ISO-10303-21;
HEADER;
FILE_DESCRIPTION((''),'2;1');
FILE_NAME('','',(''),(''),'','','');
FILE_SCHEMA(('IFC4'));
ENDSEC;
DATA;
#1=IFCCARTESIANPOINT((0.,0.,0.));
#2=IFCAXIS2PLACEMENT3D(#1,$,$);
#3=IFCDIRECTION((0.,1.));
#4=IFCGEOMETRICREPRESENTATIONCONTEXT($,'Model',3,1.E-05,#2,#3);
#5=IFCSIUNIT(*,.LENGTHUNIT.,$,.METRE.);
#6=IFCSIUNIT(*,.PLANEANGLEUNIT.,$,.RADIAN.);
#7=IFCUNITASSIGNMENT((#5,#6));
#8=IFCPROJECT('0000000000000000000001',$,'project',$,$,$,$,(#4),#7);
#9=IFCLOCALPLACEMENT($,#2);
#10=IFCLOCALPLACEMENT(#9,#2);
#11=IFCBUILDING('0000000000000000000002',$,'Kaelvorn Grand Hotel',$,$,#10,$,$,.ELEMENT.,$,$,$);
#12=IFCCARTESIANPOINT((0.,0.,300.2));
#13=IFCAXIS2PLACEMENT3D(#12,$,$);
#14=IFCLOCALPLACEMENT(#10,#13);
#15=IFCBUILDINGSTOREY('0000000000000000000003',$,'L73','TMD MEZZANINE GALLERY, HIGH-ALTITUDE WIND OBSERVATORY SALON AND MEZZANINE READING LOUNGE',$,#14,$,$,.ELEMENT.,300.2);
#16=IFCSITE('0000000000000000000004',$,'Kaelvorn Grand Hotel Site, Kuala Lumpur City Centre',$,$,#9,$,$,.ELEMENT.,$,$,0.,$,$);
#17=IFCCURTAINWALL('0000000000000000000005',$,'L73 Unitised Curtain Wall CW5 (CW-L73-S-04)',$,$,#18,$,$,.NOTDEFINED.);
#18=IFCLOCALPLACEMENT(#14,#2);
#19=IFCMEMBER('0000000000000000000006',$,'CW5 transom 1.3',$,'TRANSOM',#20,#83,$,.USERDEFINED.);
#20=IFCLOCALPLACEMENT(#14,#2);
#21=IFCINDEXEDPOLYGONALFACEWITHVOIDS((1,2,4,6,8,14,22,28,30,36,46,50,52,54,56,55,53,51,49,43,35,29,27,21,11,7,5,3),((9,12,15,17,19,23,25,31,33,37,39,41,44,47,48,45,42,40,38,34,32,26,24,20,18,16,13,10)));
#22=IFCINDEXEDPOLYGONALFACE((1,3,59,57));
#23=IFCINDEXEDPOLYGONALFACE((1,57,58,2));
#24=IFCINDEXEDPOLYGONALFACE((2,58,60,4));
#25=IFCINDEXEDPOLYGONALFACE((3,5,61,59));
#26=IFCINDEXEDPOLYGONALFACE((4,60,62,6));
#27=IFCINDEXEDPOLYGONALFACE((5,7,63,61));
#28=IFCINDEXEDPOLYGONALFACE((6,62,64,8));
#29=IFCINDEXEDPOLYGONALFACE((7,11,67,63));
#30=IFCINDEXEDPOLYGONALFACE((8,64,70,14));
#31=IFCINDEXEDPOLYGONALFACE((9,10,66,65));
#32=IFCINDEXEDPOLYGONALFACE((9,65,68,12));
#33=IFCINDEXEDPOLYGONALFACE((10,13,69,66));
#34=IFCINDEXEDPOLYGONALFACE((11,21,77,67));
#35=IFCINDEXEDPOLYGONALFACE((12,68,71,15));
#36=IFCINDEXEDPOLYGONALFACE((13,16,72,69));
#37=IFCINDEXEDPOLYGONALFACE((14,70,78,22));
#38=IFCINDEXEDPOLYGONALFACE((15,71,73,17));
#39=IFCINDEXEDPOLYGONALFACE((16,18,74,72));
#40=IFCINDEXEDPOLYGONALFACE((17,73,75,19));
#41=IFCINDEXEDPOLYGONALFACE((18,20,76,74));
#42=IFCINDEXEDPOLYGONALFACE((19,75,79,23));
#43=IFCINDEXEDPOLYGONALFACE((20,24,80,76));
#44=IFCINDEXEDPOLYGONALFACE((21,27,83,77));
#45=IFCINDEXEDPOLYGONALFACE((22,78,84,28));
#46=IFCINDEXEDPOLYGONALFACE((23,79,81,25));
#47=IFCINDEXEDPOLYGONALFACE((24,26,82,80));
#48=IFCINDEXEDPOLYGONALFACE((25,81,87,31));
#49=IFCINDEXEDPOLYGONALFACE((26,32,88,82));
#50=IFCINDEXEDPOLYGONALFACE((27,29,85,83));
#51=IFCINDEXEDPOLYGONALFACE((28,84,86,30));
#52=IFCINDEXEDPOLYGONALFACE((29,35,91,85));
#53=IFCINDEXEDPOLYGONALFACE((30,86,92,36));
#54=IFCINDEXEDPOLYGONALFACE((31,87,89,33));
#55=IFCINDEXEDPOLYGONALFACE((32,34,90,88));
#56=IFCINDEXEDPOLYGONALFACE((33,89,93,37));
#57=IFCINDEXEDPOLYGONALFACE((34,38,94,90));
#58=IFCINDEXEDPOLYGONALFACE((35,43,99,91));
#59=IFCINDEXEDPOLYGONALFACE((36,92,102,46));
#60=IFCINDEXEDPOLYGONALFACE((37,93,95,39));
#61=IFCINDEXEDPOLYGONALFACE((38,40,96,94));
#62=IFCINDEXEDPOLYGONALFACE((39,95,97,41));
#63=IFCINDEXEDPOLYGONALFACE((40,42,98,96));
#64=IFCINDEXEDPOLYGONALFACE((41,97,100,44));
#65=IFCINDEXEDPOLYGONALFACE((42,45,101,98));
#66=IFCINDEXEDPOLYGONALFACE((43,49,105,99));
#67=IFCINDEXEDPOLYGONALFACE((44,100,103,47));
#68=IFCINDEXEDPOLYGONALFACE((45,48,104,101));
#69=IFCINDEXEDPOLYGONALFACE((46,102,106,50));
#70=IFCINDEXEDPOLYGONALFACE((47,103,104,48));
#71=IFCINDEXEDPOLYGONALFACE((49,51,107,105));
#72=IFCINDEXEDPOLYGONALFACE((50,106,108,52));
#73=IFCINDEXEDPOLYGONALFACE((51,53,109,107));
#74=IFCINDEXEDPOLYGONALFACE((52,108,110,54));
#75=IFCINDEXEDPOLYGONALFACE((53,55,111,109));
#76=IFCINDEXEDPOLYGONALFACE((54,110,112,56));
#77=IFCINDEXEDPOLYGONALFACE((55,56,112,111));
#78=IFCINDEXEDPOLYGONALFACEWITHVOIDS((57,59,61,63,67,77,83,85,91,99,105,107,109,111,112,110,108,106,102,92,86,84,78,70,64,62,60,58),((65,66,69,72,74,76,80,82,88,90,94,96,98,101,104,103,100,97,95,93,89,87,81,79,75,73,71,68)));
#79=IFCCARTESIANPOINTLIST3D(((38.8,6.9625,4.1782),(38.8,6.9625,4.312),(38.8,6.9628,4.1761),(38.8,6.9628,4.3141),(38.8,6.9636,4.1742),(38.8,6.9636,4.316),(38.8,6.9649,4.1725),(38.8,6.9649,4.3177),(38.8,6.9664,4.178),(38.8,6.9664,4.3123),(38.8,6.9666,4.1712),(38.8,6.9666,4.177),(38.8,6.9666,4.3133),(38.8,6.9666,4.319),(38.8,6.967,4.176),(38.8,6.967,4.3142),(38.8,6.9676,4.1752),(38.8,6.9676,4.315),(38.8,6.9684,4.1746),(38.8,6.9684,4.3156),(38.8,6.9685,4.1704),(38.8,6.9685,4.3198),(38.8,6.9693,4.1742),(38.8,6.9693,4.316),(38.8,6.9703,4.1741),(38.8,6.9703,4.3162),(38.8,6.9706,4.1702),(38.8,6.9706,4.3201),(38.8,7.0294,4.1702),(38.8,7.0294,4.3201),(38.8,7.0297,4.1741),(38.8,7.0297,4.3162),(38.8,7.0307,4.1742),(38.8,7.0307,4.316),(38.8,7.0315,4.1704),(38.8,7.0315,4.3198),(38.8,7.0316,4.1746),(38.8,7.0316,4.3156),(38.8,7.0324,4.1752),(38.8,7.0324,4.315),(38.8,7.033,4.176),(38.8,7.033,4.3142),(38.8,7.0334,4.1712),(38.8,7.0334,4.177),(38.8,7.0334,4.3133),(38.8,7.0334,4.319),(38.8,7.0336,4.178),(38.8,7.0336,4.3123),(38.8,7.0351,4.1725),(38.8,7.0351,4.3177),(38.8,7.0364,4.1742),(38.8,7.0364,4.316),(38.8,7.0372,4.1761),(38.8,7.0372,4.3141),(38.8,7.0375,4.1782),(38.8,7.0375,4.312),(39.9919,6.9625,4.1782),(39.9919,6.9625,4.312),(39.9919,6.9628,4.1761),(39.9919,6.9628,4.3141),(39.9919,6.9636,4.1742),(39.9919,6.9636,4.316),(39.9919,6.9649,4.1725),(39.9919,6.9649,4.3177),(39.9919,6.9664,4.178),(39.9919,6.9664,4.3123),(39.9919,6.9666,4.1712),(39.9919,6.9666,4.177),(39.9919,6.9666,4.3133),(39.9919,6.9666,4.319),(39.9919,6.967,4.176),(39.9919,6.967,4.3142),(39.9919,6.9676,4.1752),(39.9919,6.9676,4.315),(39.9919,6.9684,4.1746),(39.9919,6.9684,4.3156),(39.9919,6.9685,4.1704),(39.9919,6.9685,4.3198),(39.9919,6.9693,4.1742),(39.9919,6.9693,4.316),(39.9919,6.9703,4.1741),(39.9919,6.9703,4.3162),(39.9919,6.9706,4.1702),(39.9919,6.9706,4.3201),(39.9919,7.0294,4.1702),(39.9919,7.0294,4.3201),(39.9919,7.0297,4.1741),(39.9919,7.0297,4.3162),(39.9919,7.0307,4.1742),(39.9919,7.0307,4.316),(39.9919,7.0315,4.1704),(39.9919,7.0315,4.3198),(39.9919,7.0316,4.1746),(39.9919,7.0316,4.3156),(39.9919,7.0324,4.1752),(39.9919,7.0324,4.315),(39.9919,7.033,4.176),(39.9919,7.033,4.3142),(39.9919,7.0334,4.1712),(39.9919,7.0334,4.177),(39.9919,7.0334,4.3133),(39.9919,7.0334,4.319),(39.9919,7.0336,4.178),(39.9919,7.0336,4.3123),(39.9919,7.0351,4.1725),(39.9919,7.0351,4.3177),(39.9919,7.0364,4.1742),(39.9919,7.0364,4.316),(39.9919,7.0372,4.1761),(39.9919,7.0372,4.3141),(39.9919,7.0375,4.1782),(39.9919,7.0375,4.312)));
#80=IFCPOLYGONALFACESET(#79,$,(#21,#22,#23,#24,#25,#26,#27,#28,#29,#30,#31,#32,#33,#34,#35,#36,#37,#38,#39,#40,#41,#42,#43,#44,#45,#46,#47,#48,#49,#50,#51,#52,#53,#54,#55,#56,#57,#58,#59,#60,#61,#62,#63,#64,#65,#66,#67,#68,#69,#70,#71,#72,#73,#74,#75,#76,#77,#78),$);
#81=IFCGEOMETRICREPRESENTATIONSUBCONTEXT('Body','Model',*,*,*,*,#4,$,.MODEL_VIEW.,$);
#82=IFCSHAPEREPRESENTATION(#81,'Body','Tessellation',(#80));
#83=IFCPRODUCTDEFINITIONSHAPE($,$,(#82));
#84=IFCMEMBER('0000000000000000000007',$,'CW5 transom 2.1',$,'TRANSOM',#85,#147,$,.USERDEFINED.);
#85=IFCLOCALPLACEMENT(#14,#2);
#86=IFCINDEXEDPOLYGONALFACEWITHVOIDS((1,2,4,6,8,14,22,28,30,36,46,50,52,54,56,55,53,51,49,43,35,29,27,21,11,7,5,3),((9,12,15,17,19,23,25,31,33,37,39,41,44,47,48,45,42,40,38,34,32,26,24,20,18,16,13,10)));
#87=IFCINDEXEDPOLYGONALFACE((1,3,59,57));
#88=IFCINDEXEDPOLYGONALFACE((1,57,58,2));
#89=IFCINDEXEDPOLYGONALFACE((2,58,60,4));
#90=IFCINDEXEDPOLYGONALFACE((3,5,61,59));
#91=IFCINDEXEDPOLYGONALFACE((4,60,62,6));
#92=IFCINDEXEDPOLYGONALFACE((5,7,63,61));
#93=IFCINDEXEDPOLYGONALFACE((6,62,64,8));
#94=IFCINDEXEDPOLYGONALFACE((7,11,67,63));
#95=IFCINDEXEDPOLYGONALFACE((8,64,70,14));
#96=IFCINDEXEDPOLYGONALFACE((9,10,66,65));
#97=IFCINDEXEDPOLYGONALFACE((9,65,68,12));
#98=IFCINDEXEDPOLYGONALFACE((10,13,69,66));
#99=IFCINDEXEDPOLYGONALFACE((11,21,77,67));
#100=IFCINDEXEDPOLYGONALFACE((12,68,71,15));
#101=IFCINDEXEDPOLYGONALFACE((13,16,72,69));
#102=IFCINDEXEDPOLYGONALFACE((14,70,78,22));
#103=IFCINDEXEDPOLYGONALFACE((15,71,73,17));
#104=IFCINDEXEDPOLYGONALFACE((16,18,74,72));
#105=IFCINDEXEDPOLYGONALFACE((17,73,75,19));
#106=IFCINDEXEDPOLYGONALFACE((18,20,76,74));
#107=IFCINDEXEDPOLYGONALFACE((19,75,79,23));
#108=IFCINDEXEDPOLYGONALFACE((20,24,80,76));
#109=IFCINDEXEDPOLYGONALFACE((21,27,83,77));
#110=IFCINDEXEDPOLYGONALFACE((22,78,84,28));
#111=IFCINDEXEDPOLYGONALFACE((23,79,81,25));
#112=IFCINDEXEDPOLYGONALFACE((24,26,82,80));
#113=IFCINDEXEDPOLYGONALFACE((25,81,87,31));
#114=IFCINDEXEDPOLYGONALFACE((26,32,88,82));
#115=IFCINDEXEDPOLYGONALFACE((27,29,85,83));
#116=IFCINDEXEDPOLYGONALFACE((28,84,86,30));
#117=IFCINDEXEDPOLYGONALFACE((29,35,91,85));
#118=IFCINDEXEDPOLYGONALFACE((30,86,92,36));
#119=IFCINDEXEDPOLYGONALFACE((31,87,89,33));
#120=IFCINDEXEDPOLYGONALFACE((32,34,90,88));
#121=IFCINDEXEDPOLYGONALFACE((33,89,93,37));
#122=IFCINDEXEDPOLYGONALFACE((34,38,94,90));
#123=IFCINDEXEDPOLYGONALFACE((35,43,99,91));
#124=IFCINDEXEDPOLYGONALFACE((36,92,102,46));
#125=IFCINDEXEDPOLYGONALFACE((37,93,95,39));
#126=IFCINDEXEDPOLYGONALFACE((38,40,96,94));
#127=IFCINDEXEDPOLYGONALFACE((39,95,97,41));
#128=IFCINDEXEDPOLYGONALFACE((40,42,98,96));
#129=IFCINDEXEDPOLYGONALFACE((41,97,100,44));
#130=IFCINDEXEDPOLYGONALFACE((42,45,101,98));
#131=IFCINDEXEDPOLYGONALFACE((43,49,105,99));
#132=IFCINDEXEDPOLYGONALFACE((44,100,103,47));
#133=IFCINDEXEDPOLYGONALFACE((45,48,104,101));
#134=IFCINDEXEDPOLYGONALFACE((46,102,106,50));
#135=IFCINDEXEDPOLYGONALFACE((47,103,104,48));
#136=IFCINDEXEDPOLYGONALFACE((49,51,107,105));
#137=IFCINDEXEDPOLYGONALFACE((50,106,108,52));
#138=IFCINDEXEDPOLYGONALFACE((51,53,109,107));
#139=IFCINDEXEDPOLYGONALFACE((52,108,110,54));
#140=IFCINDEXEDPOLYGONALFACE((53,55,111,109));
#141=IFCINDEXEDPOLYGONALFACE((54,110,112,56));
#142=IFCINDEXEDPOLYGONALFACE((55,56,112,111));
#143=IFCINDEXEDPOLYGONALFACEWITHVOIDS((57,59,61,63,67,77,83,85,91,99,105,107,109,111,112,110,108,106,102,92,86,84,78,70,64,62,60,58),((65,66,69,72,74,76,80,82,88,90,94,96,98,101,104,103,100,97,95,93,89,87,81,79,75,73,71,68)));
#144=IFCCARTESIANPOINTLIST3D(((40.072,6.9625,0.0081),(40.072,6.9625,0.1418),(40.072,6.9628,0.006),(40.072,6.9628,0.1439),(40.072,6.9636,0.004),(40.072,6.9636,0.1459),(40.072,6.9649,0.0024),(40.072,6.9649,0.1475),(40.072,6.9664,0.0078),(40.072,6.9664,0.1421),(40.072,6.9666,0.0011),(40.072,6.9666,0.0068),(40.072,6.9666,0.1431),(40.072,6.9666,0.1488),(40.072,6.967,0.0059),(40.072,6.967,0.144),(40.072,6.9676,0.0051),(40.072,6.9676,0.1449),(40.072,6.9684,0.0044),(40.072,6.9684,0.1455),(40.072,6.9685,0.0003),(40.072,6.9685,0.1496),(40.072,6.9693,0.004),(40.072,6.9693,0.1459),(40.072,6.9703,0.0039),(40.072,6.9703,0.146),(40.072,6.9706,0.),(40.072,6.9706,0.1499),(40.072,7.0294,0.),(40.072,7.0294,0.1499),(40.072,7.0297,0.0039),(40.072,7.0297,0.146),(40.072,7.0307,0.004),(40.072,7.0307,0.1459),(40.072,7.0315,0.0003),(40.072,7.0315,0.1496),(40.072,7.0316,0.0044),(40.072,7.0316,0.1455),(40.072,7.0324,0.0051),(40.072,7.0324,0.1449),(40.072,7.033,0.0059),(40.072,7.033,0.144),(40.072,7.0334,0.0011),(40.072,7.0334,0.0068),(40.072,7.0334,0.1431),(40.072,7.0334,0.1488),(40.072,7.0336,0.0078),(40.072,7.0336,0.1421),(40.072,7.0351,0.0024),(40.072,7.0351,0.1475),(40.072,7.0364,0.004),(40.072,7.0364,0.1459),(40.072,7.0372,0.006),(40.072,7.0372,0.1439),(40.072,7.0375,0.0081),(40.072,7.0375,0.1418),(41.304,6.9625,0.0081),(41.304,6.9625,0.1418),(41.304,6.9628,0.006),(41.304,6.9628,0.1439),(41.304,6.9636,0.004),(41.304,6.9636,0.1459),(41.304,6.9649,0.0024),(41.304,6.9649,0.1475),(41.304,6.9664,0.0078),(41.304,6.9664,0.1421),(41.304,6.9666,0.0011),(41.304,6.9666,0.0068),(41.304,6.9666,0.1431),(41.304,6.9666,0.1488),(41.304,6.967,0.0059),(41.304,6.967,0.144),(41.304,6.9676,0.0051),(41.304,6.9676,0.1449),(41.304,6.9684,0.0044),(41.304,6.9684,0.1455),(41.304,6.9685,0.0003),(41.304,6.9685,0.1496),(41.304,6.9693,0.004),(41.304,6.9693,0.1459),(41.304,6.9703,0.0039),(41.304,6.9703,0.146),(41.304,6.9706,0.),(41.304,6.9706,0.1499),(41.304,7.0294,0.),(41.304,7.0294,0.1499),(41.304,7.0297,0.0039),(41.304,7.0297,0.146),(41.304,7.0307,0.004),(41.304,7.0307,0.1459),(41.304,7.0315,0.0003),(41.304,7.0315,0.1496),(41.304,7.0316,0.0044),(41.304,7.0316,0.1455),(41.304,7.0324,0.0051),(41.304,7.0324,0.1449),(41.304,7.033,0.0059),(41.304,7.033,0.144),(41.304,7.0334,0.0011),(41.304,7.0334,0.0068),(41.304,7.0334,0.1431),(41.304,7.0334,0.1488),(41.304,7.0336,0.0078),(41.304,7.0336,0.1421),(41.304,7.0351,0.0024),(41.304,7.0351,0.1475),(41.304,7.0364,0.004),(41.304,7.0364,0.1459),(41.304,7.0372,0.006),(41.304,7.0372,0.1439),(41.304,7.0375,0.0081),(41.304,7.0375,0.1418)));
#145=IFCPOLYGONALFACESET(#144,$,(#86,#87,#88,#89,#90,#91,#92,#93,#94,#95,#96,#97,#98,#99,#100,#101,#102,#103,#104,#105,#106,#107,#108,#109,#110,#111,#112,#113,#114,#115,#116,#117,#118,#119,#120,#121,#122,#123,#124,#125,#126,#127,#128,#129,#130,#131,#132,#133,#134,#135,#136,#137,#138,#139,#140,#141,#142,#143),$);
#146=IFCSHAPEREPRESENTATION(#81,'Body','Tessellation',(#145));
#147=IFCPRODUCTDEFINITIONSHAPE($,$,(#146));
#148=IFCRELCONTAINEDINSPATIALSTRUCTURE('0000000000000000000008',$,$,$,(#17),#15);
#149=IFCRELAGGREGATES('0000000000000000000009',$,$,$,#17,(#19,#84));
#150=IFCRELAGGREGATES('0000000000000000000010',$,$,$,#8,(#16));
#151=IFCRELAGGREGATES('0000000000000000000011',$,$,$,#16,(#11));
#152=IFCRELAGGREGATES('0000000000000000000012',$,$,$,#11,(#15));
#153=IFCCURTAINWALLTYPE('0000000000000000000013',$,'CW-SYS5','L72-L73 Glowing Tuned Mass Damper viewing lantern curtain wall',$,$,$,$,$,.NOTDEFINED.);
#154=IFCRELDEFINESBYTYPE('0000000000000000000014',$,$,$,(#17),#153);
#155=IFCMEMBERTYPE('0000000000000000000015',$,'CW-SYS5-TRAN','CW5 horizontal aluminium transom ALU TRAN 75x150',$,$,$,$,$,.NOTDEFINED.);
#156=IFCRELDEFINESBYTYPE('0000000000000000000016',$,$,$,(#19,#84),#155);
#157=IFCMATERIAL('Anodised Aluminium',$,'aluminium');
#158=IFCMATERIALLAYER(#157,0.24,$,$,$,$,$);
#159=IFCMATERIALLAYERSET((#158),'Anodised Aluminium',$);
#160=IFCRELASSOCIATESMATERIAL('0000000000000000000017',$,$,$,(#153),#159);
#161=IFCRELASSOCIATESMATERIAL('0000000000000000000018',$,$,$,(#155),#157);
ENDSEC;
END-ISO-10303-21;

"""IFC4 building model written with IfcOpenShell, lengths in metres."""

from ifc_helpers import new_model, si_unit, direction, frame, origin, origin_2d, place, context, subcontext, project, spatial, hollow_rectangle, extrude, material, layer, layer_set, material_profile, profile_set, type_object, element, aggregate, save


model = new_model("IFC4")

# Units and contexts
model_context = context("Model", 3, precision=1e-05, world=origin(), true_north=direction((0.0, 1.0)))
body_context = subcontext(model_context, "Body", "Model", "MODEL_VIEW")
ifc_project = project(units=[si_unit("LENGTHUNIT", "METRE"), si_unit("PLANEANGLEUNIT", "RADIAN")], contexts=[model_context])

# Site, building, storey
site_placement = place(None, origin())
site = spatial("IfcSite", under=ifc_project, at=site_placement, Name="Kaelvorn Grand Hotel Site, Kuala Lumpur City Centre", CompositionType="ELEMENT", RefElevation=0.0)
building_placement = place(site_placement, origin())
building = spatial("IfcBuilding", under=site, at=building_placement, Name="Kaelvorn Grand Hotel", CompositionType="ELEMENT")
storey_placement = place(building_placement, frame((0.0, 0.0, 300.2)))
storey = spatial("IfcBuildingStorey", under=building, at=storey_placement, Name="L73", Description="TMD MEZZANINE GALLERY, HIGH-ALTITUDE WIND OBSERVATORY SALON AND MEZZANINE READING LOUNGE", CompositionType="ELEMENT", Elevation=300.2)

# Curtain wall, members
ifc_material_1 = material(Name="Anodised Aluminium", Category="aluminium")
ifc_layer_1 = layer(ifc_material_1, 0.24)
ifc_layer_set_1 = layer_set([ifc_layer_1], Name="Anodised Aluminium")
curtain_wall_type = type_object("IfcCurtainWallType", Name="CW-SYS5", Description="L72-L73 Glowing Tuned Mass Damper viewing lantern curtain wall", PredefinedType="NOTDEFINED", material=ifc_layer_set_1)
curtain_wall_placement = place(storey_placement, origin())
curtain_wall = element("IfcCurtainWall", 1, at=curtain_wall_placement, inside=storey, type_object=curtain_wall_type, Name="L73 Unitised Curtain Wall CW5 (CW-L73-S-04)", PredefinedType="NOTDEFINED")
ifc_material_profile_1 = material_profile(ifc_material_1, hollow_rectangle(XDim=0.075, YDim=0.1499, WallThickness=0.0039, InnerFilletRadius=0.0039, OuterFilletRadius=0.0081, at=origin_2d()), Name="ALU TRAN 75x150")
ifc_profile_set_1 = profile_set([ifc_material_profile_1], Name="Anodised Aluminium")
member_type_1 = type_object("IfcMemberType", Name="CW-SYS5-TRAN", Description="CW5 horizontal aluminium transom ALU TRAN 75x150", PredefinedType="NOTDEFINED", material=ifc_profile_set_1)
member_1_placement = place(storey_placement, frame((38.8, 7.0, 4.2451), z_axis=(1.0, 0.0, 0.0), x_axis=(0.0, 1.0, 0.0)))
member_1 = element("IfcMember", 2, at=member_1_placement, type_object=member_type_1, Name="CW5 transom 1.3", ObjectType="TRANSOM", PredefinedType="USERDEFINED", context=body_context, shape_type="SweptSolid", body=[
    extrude(hollow_rectangle(XDim=0.075, YDim=0.1499, WallThickness=0.0039, InnerFilletRadius=0.0039, OuterFilletRadius=0.0081, at=origin_2d()), origin(), (0.0, 0.0, 1.0), 1.1919),
])
member_2_placement = place(storey_placement, frame((40.072, 7.0, 0.075), z_axis=(1.0, 0.0, 0.0), x_axis=(0.0, 1.0, 0.0)))
member_2 = element("IfcMember", 3, at=member_2_placement, type_object=member_type_1, Name="CW5 transom 2.1", ObjectType="TRANSOM", PredefinedType="USERDEFINED", context=body_context, shape_type="SweptSolid", body=[
    extrude(hollow_rectangle(XDim=0.075, YDim=0.1499, WallThickness=0.0039, InnerFilletRadius=0.0039, OuterFilletRadius=0.0081, at=origin_2d()), origin(), (0.0, 0.0, 1.0), 1.2319),
])
aggregate(curtain_wall, [member_1, member_2])

save(model, "model.ifc")
